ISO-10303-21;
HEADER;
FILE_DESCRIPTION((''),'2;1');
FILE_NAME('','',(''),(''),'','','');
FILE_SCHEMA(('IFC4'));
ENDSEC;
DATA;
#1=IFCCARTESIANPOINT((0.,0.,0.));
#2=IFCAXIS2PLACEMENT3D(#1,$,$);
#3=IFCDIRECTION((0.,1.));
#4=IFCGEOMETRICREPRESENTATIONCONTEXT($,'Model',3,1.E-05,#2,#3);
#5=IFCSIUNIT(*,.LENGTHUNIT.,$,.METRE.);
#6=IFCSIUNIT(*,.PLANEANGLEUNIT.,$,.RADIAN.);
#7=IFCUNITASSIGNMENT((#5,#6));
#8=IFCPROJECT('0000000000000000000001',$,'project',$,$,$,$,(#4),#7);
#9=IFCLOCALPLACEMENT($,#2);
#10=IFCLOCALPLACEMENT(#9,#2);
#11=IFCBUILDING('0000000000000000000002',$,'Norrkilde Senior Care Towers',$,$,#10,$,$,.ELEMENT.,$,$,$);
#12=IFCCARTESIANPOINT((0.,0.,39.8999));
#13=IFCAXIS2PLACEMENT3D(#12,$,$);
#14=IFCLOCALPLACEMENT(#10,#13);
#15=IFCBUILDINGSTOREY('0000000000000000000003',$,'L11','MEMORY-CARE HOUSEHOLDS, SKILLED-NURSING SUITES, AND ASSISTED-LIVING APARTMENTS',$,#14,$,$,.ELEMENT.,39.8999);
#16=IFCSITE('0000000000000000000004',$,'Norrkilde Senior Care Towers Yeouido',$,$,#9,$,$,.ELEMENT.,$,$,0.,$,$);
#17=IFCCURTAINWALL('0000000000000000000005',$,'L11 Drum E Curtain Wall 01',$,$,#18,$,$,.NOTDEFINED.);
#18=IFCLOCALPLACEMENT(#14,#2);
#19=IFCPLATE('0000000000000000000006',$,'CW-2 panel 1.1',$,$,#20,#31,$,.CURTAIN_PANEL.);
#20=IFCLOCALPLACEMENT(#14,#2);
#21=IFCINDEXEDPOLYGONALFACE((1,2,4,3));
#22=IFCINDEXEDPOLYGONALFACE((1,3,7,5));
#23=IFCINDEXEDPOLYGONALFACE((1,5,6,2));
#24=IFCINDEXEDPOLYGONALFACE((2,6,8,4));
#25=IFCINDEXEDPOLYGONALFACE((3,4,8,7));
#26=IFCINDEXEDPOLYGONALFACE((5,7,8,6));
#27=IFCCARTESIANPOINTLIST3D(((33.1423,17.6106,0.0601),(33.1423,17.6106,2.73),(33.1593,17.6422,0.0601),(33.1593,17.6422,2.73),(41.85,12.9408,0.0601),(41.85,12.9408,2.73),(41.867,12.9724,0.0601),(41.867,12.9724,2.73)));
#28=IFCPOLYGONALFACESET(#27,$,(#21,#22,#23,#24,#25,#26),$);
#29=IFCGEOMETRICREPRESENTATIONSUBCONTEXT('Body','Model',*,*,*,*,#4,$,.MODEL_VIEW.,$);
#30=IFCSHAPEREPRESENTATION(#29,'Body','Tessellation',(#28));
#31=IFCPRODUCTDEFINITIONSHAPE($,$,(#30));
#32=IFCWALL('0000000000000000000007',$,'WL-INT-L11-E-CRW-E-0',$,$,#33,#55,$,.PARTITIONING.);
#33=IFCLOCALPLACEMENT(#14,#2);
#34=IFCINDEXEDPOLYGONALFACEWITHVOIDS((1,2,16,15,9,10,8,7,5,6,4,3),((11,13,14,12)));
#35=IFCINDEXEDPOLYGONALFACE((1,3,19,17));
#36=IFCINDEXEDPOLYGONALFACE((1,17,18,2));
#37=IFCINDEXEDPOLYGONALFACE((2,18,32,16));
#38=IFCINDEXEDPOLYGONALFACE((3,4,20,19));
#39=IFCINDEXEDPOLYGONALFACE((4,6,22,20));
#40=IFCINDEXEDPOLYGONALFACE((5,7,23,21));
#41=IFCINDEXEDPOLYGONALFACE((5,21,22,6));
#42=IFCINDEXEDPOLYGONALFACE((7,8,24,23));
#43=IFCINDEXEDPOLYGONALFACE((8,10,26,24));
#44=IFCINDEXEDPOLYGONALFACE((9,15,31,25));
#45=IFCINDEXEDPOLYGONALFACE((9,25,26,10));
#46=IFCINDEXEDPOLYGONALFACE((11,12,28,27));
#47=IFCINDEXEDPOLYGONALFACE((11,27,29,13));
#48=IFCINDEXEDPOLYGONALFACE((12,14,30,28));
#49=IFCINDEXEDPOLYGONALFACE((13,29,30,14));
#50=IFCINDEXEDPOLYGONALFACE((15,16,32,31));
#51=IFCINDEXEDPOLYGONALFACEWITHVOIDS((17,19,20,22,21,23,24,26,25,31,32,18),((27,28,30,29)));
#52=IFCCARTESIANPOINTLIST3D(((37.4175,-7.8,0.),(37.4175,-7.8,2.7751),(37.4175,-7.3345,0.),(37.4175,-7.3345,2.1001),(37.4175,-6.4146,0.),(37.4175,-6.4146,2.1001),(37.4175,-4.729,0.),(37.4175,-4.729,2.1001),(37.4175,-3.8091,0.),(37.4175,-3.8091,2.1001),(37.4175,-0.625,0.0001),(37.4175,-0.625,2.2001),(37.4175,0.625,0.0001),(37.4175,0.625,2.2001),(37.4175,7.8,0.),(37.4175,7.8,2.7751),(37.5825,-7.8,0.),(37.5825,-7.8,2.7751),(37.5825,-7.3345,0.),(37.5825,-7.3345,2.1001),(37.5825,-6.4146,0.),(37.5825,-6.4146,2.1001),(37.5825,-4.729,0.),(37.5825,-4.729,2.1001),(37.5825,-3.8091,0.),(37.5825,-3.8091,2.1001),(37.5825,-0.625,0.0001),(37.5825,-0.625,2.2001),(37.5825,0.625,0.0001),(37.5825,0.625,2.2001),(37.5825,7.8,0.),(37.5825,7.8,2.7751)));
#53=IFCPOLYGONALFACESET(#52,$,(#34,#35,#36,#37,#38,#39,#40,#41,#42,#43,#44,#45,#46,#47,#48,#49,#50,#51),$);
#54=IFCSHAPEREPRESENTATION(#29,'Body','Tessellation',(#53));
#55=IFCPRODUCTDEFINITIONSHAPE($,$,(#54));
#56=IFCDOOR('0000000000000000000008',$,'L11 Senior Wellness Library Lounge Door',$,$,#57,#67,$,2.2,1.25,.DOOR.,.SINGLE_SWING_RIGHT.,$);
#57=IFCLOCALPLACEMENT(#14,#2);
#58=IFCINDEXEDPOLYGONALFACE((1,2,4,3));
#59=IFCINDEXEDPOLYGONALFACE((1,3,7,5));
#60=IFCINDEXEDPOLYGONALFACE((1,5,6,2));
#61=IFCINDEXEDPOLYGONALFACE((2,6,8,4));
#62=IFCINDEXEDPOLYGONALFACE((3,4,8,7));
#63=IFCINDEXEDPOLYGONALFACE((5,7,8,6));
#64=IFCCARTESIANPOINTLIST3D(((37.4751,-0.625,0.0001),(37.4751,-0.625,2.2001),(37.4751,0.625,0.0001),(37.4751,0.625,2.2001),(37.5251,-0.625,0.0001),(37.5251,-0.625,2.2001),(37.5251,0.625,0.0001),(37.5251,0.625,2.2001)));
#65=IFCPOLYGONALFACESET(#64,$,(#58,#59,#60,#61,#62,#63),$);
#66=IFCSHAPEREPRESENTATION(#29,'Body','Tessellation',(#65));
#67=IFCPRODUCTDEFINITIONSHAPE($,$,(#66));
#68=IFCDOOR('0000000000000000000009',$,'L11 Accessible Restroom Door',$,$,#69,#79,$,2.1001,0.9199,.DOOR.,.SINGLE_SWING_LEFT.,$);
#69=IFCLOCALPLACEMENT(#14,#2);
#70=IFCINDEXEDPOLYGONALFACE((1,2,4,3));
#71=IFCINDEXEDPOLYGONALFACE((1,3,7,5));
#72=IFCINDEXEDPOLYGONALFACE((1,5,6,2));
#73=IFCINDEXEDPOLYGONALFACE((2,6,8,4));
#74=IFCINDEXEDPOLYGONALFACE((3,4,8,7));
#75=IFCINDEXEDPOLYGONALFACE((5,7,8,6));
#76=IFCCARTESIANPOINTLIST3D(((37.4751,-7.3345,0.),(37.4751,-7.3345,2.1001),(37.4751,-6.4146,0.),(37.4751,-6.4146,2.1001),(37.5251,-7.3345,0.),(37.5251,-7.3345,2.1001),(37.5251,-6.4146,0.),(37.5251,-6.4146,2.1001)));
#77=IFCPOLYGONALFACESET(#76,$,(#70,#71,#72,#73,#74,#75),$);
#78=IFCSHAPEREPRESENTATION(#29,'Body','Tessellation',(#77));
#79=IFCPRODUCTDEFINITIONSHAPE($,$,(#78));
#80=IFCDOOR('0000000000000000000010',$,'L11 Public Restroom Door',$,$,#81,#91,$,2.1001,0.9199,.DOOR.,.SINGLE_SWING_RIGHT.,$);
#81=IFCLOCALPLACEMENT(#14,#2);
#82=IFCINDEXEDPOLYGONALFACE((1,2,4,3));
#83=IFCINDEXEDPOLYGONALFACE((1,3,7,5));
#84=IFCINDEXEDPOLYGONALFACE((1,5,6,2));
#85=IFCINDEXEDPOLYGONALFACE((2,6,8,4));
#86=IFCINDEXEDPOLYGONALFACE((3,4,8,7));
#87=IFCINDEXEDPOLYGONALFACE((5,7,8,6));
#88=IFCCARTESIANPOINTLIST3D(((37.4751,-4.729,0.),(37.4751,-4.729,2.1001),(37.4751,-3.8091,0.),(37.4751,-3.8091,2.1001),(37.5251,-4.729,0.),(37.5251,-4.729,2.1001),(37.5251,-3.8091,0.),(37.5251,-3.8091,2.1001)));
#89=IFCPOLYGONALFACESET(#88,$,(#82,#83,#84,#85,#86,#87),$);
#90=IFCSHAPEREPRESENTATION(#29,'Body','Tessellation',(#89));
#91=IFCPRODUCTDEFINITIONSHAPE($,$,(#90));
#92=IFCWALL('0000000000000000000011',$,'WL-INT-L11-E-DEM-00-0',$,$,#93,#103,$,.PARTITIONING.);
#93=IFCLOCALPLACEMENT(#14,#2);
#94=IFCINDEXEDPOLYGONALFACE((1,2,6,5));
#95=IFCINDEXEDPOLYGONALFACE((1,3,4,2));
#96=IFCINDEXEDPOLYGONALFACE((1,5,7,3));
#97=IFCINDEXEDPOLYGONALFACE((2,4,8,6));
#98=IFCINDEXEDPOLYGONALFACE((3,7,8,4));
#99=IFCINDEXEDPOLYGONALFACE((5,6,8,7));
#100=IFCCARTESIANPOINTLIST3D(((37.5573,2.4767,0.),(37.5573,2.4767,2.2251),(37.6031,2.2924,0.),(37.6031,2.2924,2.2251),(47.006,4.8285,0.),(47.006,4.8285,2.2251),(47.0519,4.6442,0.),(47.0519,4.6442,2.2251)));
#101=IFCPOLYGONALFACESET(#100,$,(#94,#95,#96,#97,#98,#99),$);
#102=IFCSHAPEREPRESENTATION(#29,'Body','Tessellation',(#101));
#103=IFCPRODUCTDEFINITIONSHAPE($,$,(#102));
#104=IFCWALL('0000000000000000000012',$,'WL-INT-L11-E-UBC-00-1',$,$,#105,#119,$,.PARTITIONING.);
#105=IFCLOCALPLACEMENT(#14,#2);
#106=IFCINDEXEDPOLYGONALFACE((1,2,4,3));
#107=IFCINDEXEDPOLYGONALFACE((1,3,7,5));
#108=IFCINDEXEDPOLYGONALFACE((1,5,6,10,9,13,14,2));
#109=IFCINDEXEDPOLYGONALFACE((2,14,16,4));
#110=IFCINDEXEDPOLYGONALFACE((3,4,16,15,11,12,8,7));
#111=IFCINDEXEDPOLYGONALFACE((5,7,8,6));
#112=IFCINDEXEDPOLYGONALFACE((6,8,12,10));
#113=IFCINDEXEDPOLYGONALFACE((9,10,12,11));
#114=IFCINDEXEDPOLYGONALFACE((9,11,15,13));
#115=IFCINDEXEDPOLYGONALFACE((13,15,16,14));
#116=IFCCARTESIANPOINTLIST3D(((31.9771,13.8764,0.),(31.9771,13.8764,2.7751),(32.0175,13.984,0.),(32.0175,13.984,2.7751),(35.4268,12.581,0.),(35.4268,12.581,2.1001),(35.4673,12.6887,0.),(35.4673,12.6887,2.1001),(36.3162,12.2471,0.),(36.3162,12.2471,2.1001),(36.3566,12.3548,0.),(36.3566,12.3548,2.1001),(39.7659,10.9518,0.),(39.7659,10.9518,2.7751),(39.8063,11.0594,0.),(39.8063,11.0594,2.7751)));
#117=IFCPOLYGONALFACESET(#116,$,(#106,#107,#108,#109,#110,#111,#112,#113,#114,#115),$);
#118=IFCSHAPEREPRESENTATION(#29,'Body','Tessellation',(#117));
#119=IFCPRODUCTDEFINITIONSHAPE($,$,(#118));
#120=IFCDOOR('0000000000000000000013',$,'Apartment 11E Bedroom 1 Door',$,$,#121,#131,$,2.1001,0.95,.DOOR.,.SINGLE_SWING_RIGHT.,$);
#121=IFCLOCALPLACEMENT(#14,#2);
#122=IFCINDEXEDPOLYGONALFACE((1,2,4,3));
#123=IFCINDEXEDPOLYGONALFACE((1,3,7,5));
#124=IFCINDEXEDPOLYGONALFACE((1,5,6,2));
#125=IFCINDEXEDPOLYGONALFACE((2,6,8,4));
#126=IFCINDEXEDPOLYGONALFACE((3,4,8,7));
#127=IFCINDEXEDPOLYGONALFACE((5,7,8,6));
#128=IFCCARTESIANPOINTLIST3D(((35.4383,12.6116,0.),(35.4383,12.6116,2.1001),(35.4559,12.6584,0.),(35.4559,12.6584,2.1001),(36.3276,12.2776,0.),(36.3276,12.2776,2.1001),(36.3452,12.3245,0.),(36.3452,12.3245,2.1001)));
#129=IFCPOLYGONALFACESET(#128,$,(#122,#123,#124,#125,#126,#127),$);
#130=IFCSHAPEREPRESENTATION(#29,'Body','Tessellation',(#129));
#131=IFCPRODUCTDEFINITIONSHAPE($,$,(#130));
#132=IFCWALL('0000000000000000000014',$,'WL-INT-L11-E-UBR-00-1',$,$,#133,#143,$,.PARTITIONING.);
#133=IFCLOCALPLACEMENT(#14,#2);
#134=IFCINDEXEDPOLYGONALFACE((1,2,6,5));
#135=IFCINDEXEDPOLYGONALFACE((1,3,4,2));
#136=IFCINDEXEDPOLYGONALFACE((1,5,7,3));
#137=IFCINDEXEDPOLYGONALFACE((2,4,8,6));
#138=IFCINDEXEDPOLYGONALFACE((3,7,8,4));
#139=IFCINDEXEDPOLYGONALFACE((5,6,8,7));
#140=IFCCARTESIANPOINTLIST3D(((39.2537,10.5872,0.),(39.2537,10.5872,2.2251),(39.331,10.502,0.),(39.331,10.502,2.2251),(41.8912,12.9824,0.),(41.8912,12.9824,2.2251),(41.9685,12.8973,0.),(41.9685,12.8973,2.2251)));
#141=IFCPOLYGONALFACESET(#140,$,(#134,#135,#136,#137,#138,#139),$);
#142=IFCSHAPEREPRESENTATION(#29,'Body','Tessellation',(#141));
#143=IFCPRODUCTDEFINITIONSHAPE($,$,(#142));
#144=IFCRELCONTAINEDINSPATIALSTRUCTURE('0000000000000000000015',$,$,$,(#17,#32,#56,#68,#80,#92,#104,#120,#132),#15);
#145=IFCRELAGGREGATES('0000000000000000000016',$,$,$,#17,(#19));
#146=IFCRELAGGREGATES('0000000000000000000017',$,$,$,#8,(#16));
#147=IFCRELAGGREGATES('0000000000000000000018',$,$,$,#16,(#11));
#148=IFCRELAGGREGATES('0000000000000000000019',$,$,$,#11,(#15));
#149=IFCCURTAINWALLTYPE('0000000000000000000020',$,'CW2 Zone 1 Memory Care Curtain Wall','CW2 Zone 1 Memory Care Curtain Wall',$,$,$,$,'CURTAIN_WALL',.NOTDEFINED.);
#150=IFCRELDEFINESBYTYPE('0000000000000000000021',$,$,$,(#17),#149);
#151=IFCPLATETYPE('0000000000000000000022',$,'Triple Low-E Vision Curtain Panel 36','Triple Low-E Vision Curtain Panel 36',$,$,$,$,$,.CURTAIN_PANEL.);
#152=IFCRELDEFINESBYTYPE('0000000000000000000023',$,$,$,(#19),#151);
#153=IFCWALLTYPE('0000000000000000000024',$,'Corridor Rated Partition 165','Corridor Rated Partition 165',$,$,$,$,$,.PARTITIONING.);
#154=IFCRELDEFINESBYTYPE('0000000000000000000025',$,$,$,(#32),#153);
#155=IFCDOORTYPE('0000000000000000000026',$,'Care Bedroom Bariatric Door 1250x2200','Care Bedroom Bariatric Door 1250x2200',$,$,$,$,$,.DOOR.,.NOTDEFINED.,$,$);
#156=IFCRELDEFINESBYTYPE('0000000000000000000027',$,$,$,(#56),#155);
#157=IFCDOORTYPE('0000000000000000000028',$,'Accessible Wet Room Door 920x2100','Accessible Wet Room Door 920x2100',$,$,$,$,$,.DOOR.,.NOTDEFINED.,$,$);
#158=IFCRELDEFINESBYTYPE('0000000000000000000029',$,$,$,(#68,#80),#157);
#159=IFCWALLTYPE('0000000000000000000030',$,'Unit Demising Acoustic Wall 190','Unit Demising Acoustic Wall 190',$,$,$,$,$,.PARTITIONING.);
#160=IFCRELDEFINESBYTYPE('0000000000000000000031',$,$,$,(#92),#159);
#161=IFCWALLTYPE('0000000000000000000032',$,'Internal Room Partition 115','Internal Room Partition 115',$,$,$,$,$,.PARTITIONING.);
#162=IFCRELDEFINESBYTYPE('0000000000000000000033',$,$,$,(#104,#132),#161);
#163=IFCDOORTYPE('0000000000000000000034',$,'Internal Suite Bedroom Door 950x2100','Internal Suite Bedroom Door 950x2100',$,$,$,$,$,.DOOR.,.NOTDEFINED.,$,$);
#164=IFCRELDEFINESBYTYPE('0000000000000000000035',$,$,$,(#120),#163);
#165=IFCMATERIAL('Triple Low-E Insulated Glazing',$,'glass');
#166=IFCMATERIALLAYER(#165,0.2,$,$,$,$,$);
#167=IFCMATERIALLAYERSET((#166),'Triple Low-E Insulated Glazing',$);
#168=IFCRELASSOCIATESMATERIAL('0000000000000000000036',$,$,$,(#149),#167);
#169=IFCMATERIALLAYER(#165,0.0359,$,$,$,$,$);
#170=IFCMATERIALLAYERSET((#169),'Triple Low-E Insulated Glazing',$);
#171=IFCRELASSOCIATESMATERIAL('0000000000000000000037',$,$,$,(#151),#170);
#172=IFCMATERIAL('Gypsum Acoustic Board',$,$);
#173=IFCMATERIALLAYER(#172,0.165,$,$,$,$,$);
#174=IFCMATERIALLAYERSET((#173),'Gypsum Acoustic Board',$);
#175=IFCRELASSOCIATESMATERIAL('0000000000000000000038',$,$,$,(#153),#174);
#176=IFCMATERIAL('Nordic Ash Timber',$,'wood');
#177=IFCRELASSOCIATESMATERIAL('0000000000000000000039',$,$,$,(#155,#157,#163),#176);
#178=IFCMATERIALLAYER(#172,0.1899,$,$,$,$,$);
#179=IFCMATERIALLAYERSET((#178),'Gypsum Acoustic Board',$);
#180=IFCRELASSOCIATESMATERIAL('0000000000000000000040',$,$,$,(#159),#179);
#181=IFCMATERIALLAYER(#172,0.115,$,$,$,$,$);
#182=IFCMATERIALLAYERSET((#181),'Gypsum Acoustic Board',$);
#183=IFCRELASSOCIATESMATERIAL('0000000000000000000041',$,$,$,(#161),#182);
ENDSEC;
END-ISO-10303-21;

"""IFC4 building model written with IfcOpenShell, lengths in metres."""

from ifc_helpers import new_model, si_unit, direction, frame, frame_2d, origin, origin_2d, place, context, subcontext, project, spatial, rectangle, extrude, source, transform, mapped, material, layer, layer_set, type_object, type_shapes, element, fill, aggregate, save


model = new_model("IFC4")

# Units and contexts
model_context = context("Model", 3, precision=1e-05, world=origin(), true_north=direction((0.0, 1.0)))
body_context = subcontext(model_context, "Body", "Model", "MODEL_VIEW")
ifc_project = project(units=[si_unit("LENGTHUNIT", "METRE"), si_unit("PLANEANGLEUNIT", "RADIAN")], contexts=[model_context])

# Site, building, storey
site_placement = place(None, origin())
site = spatial("IfcSite", under=ifc_project, at=site_placement, Name="Norrkilde Senior Care Towers Yeouido", CompositionType="ELEMENT", RefElevation=0.0)
building_placement = place(site_placement, origin())
building = spatial("IfcBuilding", under=site, at=building_placement, Name="Norrkilde Senior Care Towers", CompositionType="ELEMENT")
storey_placement = place(building_placement, frame((0.0, 0.0, 39.8999)))
storey = spatial("IfcBuildingStorey", under=building, at=storey_placement, Name="L11", Description="MEMORY-CARE HOUSEHOLDS, SKILLED-NURSING SUITES, AND ASSISTED-LIVING APARTMENTS", CompositionType="ELEMENT", Elevation=39.8999)

# Shared definitions
ifc_material_1 = material(Name="Triple Low-E Insulated Glazing", Category="glass")
ifc_layer_1 = layer(ifc_material_1, 0.2)
ifc_layer_set_1 = layer_set([ifc_layer_1], Name="Triple Low-E Insulated Glazing")
curtain_wall_type = type_object("IfcCurtainWallType", Name="CW2 Zone 1 Memory Care Curtain Wall", Description="CW2 Zone 1 Memory Care Curtain Wall", ElementType="CURTAIN_WALL", PredefinedType="NOTDEFINED", material=ifc_layer_set_1)

# Curtain wall
curtain_wall_1_placement = place(storey_placement, origin())
curtain_wall_1 = element("IfcCurtainWall", 1, at=curtain_wall_1_placement, inside=storey, type_object=curtain_wall_type, Name="L11 Drum E Curtain Wall 01", PredefinedType="NOTDEFINED")

# Plate
ifc_layer_2 = layer(ifc_material_1, 0.0359)
ifc_layer_set_2 = layer_set([ifc_layer_2], Name="Triple Low-E Insulated Glazing")
plate_type = type_object("IfcPlateType", Name="Triple Low-E Vision Curtain Panel 36", Description="Triple Low-E Vision Curtain Panel 36", PredefinedType="CURTAIN_PANEL", material=ifc_layer_set_2)
shared_shape_1 = source(origin(), body_context, "Body", "SweptSolid", [
    extrude(rectangle(XDim=9.8809, YDim=0.0359, at=origin_2d()), origin(), (0.0, 0.0, 1.0), 2.6699),
])
plate_1_placement = place(storey_placement, frame((37.5046, 15.2915, 0.0601), z_axis=(0.0, 0.0, 1.0), x_axis=(0.881273, -0.472608, 0.0)))
plate_1 = element("IfcPlate", 2, at=plate_1_placement, type_object=plate_type, Name="CW-2 panel 1.1", PredefinedType="CURTAIN_PANEL", context=body_context, shape_type="MappedRepresentation", body=[
    mapped(shared_shape_1, transform((0.0, 0.0, 0.0), x_axis=(1.0, 0.0, 0.0), y_axis=(0.0, 1.0, 0.0), z_axis=(0.0, 0.0, 1.0), scale=1.0)),
])
aggregate(curtain_wall_1, [plate_1])

# Wall, openings, doors
ifc_material_2 = material(Name="Gypsum Acoustic Board")
ifc_layer_3 = layer(ifc_material_2, 0.165)
ifc_layer_set_3 = layer_set([ifc_layer_3], Name="Gypsum Acoustic Board")
wall_type_1 = type_object("IfcWallType", Name="Corridor Rated Partition 165", Description="Corridor Rated Partition 165", PredefinedType="PARTITIONING", material=ifc_layer_set_3)
shared_shape_2 = source(origin(), body_context, "Body", "SweptSolid", [
    extrude(rectangle(XDim=15.6001, YDim=0.165, at=frame_2d((7.8, 0.0))), origin(), (0.0, 0.0, 1.0), 2.7751),
])
type_shapes(wall_type_1, [shared_shape_2])
wall_1_placement = place(storey_placement, frame((37.5, 7.8, 0.0), z_axis=(0.0, 0.0, 1.0), x_axis=(0.0, -1.0, 0.0)))
wall_1 = element("IfcWall", 3, at=wall_1_placement, inside=storey, type_object=wall_type_1, Name="WL-INT-L11-E-CRW-E-0", PredefinedType="PARTITIONING", context=body_context, shape_type="MappedRepresentation", body=[
    mapped(shared_shape_2, transform((0.0, 0.0, 0.0), x_axis=(1.0, 0.0, 0.0), y_axis=(0.0, 1.0, 0.0), z_axis=(0.0, 0.0, 1.0), scale=1.0)),
])
opening_1_placement = place(wall_1_placement, frame((14.2146, 0.0, 0.0)))
opening_1 = element("IfcOpeningElement", 4, at=opening_1_placement, cuts=wall_1, PredefinedType="OPENING", context=body_context, shape_type="SweptSolid", body=[
    extrude(rectangle(XDim=0.9199, YDim=2.1001, at=frame_2d((0.46, 1.05))), frame((0.0, 0.0925, 0.0), z_axis=(0.0, -1.0, 0.0), x_axis=(1.0, 0.0, 0.0)), (0.0, 0.0, 1.0), 0.1851),
])
opening_2_placement = place(wall_1_placement, frame((11.6091, 0.0, 0.0)))
opening_2 = element("IfcOpeningElement", 5, at=opening_2_placement, cuts=wall_1, PredefinedType="OPENING", context=body_context, shape_type="SweptSolid", body=[
    extrude(rectangle(XDim=0.9199, YDim=2.1001, at=frame_2d((0.46, 1.05))), frame((0.0, 0.0925, 0.0), z_axis=(0.0, -1.0, 0.0), x_axis=(1.0, 0.0, 0.0)), (0.0, 0.0, 1.0), 0.1851),
])
opening_3_placement = place(wall_1_placement, frame((7.175, 0.0, 0.0)))
opening_3 = element("IfcOpeningElement", 6, at=opening_3_placement, cuts=wall_1, PredefinedType="OPENING", context=body_context, shape_type="SweptSolid", body=[
    extrude(rectangle(XDim=1.25, YDim=2.2, at=frame_2d((0.625, 1.1001))), frame((0.0, 0.0925, 0.0), z_axis=(0.0, -1.0, 0.0), x_axis=(1.0, 0.0, 0.0)), (0.0, 0.0, 1.0), 0.1851),
])
ifc_material_3 = material(Name="Nordic Ash Timber", Category="wood")
door_type_1 = type_object("IfcDoorType", Name="Care Bedroom Bariatric Door 1250x2200", Description="Care Bedroom Bariatric Door 1250x2200", OperationType="NOTDEFINED", PredefinedType="DOOR", material=ifc_material_3)
shared_shape_3 = source(origin(), body_context, "Body", "SweptSolid", [
    extrude(rectangle(XDim=1.25, YDim=2.2, at=frame_2d((0.625, 1.1001))), frame((0.0, 0.0249, 0.0), z_axis=(0.0, -1.0, 0.0), x_axis=(1.0, 0.0, 0.0)), (0.0, 0.0, 1.0), 0.05),
])
type_shapes(door_type_1, [shared_shape_3])
door_1_placement = place(opening_3_placement, frame((1.25, 0.0, 0.0), z_axis=(0.0, 0.0, 1.0), x_axis=(-1.0, 0.0, 0.0)))
door_1 = element("IfcDoor", 7, at=door_1_placement, inside=storey, type_object=door_type_1, Name="L11 Senior Wellness Library Lounge Door", OperationType="SINGLE_SWING_RIGHT", OverallHeight=2.2, OverallWidth=1.25, PredefinedType="DOOR", context=body_context, shape_type="MappedRepresentation", body=[
    mapped(shared_shape_3, transform((0.0, 0.0, 0.0), x_axis=(1.0, 0.0, 0.0), y_axis=(0.0, 1.0, 0.0), z_axis=(0.0, 0.0, 1.0), scale=1.0)),
])
fill(opening_3, door_1)
door_type_2 = type_object("IfcDoorType", Name="Accessible Wet Room Door 920x2100", Description="Accessible Wet Room Door 920x2100", OperationType="NOTDEFINED", PredefinedType="DOOR", material=ifc_material_3)
shared_shape_4 = source(origin(), body_context, "Body", "SweptSolid", [
    extrude(rectangle(XDim=0.9199, YDim=2.1001, at=frame_2d((0.46, 1.05))), frame((0.0, 0.0249, 0.0), z_axis=(0.0, -1.0, 0.0), x_axis=(1.0, 0.0, 0.0)), (0.0, 0.0, 1.0), 0.05),
])
type_shapes(door_type_2, [shared_shape_4])
door_2_placement = place(opening_1_placement, frame((0.9199, 0.0, 0.0), z_axis=(0.0, 0.0, 1.0), x_axis=(-1.0, 0.0, 0.0)))
door_2 = element("IfcDoor", 8, at=door_2_placement, inside=storey, type_object=door_type_2, Name="L11 Accessible Restroom Door", OperationType="SINGLE_SWING_LEFT", OverallHeight=2.1001, OverallWidth=0.9199, PredefinedType="DOOR", context=body_context, shape_type="MappedRepresentation", body=[
    mapped(shared_shape_4, transform((0.0, 0.0, 0.0), x_axis=(1.0, 0.0, 0.0), y_axis=(0.0, 1.0, 0.0), z_axis=(0.0, 0.0, 1.0), scale=1.0)),
])
fill(opening_1, door_2)
door_3_placement = place(opening_2_placement, frame((0.9199, 0.0, 0.0), z_axis=(0.0, 0.0, 1.0), x_axis=(-1.0, 0.0, 0.0)))
door_3 = element("IfcDoor", 9, at=door_3_placement, inside=storey, type_object=door_type_2, Name="L11 Public Restroom Door", OperationType="SINGLE_SWING_RIGHT", OverallHeight=2.1001, OverallWidth=0.9199, PredefinedType="DOOR", context=body_context, shape_type="MappedRepresentation", body=[
    mapped(shared_shape_4, transform((0.0, 0.0, 0.0), x_axis=(1.0, 0.0, 0.0), y_axis=(0.0, 1.0, 0.0), z_axis=(0.0, 0.0, 1.0), scale=1.0)),
])
fill(opening_2, door_3)

# Wall
ifc_layer_4 = layer(ifc_material_2, 0.1899)
ifc_layer_set_4 = layer_set([ifc_layer_4], Name="Gypsum Acoustic Board")
wall_type_2 = type_object("IfcWallType", Name="Unit Demising Acoustic Wall 190", Description="Unit Demising Acoustic Wall 190", PredefinedType="PARTITIONING", material=ifc_layer_set_4)
shared_shape_5 = source(origin(), body_context, "Body", "SweptSolid", [
    extrude(rectangle(XDim=9.7371, YDim=0.1899, at=frame_2d((4.8687, 0.0))), origin(), (0.0, 0.0, 1.0), 2.2251),
])
type_shapes(wall_type_2, [shared_shape_5])
wall_2_placement = place(storey_placement, frame((37.5801, 2.3845, 0.0), z_axis=(0.0, 0.0, 1.0), x_axis=(0.970393, 0.241533, 0.0)))
element("IfcWall", 10, at=wall_2_placement, inside=storey, type_object=wall_type_2, Name="WL-INT-L11-E-DEM-00-0", PredefinedType="PARTITIONING", context=body_context, shape_type="MappedRepresentation", body=[
    mapped(shared_shape_5, transform((0.0, 0.0, 0.0), x_axis=(1.0, 0.0, 0.0), y_axis=(0.0, 1.0, 0.0), z_axis=(0.0, 0.0, 1.0), scale=1.0)),
])

# Wall, opening, door
ifc_layer_5 = layer(ifc_material_2, 0.115)
ifc_layer_set_5 = layer_set([ifc_layer_5], Name="Gypsum Acoustic Board")
wall_type_3 = type_object("IfcWallType", Name="Internal Room Partition 115", Description="Internal Room Partition 115", PredefinedType="PARTITIONING", material=ifc_layer_set_5)
shared_shape_6 = source(origin(), body_context, "Body", "SweptSolid", [
    extrude(rectangle(XDim=8.3198, YDim=0.115, at=frame_2d((4.1599, 0.0))), origin(), (0.0, 0.0, 1.0), 2.7751),
])
wall_3_placement = place(storey_placement, frame((39.7861, 11.0056, 0.0), z_axis=(0.0, 0.0, 1.0), x_axis=(-0.936181, 0.351519, 0.0)))
wall_3 = element("IfcWall", 11, at=wall_3_placement, inside=storey, type_object=wall_type_3, Name="WL-INT-L11-E-UBC-00-1", PredefinedType="PARTITIONING", context=body_context, shape_type="MappedRepresentation", body=[
    mapped(shared_shape_6, transform((0.0, 0.0, 0.0), x_axis=(1.0, 0.0, 0.0), y_axis=(0.0, 1.0, 0.0), z_axis=(0.0, 0.0, 1.0), scale=1.0)),
])
opening_4_placement = place(wall_3_placement, frame((3.6848, 0.0, 0.0)))
opening_4 = element("IfcOpeningElement", 12, at=opening_4_placement, cuts=wall_3, PredefinedType="OPENING", context=body_context, shape_type="SweptSolid", body=[
    extrude(rectangle(XDim=0.95, YDim=2.1001, at=frame_2d((0.4751, 1.05))), frame((0.0, 0.0674, 0.0), z_axis=(0.0, -1.0, 0.0), x_axis=(1.0, 0.0, 0.0)), (0.0, 0.0, 1.0), 0.135),
])
door_type_3 = type_object("IfcDoorType", Name="Internal Suite Bedroom Door 950x2100", Description="Internal Suite Bedroom Door 950x2100", OperationType="NOTDEFINED", PredefinedType="DOOR", material=ifc_material_3)
shared_shape_7 = source(origin(), body_context, "Body", "SweptSolid", [
    extrude(rectangle(XDim=0.95, YDim=2.1001, at=frame_2d((0.4751, 1.05))), frame((0.0, 0.0249, 0.0), z_axis=(0.0, -1.0, 0.0), x_axis=(1.0, 0.0, 0.0)), (0.0, 0.0, 1.0), 0.05),
])
type_shapes(door_type_3, [shared_shape_7])
door_4_placement = place(opening_4_placement, origin())
door_4 = element("IfcDoor", 13, at=door_4_placement, inside=storey, type_object=door_type_3, Name="Apartment 11E Bedroom 1 Door", OperationType="SINGLE_SWING_RIGHT", OverallHeight=2.1001, OverallWidth=0.95, PredefinedType="DOOR", context=body_context, shape_type="MappedRepresentation", body=[
    mapped(shared_shape_7, transform((0.0, 0.0, 0.0), x_axis=(1.0, 0.0, 0.0), y_axis=(0.0, 1.0, 0.0), z_axis=(0.0, 0.0, 1.0), scale=1.0)),
])
fill(opening_4, door_4)

# Wall
shared_shape_8 = source(origin(), body_context, "Body", "SweptSolid", [
    extrude(rectangle(XDim=3.5627, YDim=0.115, at=frame_2d((1.7812, 0.0))), origin(), (0.0, 0.0, 1.0), 2.2251),
])
wall_4_placement = place(storey_placement, frame((39.2925, 10.5447, 0.0), z_axis=(0.0, 0.0, 1.0), x_axis=(0.740278, 0.672301, 0.0)))
element("IfcWall", 14, at=wall_4_placement, inside=storey, type_object=wall_type_3, Name="WL-INT-L11-E-UBR-00-1", PredefinedType="PARTITIONING", context=body_context, shape_type="MappedRepresentation", body=[
    mapped(shared_shape_8, transform((0.0, 0.0, 0.0), x_axis=(1.0, 0.0, 0.0), y_axis=(0.0, 1.0, 0.0), z_axis=(0.0, 0.0, 1.0), scale=1.0)),
])

save(model, "model.ifc")
